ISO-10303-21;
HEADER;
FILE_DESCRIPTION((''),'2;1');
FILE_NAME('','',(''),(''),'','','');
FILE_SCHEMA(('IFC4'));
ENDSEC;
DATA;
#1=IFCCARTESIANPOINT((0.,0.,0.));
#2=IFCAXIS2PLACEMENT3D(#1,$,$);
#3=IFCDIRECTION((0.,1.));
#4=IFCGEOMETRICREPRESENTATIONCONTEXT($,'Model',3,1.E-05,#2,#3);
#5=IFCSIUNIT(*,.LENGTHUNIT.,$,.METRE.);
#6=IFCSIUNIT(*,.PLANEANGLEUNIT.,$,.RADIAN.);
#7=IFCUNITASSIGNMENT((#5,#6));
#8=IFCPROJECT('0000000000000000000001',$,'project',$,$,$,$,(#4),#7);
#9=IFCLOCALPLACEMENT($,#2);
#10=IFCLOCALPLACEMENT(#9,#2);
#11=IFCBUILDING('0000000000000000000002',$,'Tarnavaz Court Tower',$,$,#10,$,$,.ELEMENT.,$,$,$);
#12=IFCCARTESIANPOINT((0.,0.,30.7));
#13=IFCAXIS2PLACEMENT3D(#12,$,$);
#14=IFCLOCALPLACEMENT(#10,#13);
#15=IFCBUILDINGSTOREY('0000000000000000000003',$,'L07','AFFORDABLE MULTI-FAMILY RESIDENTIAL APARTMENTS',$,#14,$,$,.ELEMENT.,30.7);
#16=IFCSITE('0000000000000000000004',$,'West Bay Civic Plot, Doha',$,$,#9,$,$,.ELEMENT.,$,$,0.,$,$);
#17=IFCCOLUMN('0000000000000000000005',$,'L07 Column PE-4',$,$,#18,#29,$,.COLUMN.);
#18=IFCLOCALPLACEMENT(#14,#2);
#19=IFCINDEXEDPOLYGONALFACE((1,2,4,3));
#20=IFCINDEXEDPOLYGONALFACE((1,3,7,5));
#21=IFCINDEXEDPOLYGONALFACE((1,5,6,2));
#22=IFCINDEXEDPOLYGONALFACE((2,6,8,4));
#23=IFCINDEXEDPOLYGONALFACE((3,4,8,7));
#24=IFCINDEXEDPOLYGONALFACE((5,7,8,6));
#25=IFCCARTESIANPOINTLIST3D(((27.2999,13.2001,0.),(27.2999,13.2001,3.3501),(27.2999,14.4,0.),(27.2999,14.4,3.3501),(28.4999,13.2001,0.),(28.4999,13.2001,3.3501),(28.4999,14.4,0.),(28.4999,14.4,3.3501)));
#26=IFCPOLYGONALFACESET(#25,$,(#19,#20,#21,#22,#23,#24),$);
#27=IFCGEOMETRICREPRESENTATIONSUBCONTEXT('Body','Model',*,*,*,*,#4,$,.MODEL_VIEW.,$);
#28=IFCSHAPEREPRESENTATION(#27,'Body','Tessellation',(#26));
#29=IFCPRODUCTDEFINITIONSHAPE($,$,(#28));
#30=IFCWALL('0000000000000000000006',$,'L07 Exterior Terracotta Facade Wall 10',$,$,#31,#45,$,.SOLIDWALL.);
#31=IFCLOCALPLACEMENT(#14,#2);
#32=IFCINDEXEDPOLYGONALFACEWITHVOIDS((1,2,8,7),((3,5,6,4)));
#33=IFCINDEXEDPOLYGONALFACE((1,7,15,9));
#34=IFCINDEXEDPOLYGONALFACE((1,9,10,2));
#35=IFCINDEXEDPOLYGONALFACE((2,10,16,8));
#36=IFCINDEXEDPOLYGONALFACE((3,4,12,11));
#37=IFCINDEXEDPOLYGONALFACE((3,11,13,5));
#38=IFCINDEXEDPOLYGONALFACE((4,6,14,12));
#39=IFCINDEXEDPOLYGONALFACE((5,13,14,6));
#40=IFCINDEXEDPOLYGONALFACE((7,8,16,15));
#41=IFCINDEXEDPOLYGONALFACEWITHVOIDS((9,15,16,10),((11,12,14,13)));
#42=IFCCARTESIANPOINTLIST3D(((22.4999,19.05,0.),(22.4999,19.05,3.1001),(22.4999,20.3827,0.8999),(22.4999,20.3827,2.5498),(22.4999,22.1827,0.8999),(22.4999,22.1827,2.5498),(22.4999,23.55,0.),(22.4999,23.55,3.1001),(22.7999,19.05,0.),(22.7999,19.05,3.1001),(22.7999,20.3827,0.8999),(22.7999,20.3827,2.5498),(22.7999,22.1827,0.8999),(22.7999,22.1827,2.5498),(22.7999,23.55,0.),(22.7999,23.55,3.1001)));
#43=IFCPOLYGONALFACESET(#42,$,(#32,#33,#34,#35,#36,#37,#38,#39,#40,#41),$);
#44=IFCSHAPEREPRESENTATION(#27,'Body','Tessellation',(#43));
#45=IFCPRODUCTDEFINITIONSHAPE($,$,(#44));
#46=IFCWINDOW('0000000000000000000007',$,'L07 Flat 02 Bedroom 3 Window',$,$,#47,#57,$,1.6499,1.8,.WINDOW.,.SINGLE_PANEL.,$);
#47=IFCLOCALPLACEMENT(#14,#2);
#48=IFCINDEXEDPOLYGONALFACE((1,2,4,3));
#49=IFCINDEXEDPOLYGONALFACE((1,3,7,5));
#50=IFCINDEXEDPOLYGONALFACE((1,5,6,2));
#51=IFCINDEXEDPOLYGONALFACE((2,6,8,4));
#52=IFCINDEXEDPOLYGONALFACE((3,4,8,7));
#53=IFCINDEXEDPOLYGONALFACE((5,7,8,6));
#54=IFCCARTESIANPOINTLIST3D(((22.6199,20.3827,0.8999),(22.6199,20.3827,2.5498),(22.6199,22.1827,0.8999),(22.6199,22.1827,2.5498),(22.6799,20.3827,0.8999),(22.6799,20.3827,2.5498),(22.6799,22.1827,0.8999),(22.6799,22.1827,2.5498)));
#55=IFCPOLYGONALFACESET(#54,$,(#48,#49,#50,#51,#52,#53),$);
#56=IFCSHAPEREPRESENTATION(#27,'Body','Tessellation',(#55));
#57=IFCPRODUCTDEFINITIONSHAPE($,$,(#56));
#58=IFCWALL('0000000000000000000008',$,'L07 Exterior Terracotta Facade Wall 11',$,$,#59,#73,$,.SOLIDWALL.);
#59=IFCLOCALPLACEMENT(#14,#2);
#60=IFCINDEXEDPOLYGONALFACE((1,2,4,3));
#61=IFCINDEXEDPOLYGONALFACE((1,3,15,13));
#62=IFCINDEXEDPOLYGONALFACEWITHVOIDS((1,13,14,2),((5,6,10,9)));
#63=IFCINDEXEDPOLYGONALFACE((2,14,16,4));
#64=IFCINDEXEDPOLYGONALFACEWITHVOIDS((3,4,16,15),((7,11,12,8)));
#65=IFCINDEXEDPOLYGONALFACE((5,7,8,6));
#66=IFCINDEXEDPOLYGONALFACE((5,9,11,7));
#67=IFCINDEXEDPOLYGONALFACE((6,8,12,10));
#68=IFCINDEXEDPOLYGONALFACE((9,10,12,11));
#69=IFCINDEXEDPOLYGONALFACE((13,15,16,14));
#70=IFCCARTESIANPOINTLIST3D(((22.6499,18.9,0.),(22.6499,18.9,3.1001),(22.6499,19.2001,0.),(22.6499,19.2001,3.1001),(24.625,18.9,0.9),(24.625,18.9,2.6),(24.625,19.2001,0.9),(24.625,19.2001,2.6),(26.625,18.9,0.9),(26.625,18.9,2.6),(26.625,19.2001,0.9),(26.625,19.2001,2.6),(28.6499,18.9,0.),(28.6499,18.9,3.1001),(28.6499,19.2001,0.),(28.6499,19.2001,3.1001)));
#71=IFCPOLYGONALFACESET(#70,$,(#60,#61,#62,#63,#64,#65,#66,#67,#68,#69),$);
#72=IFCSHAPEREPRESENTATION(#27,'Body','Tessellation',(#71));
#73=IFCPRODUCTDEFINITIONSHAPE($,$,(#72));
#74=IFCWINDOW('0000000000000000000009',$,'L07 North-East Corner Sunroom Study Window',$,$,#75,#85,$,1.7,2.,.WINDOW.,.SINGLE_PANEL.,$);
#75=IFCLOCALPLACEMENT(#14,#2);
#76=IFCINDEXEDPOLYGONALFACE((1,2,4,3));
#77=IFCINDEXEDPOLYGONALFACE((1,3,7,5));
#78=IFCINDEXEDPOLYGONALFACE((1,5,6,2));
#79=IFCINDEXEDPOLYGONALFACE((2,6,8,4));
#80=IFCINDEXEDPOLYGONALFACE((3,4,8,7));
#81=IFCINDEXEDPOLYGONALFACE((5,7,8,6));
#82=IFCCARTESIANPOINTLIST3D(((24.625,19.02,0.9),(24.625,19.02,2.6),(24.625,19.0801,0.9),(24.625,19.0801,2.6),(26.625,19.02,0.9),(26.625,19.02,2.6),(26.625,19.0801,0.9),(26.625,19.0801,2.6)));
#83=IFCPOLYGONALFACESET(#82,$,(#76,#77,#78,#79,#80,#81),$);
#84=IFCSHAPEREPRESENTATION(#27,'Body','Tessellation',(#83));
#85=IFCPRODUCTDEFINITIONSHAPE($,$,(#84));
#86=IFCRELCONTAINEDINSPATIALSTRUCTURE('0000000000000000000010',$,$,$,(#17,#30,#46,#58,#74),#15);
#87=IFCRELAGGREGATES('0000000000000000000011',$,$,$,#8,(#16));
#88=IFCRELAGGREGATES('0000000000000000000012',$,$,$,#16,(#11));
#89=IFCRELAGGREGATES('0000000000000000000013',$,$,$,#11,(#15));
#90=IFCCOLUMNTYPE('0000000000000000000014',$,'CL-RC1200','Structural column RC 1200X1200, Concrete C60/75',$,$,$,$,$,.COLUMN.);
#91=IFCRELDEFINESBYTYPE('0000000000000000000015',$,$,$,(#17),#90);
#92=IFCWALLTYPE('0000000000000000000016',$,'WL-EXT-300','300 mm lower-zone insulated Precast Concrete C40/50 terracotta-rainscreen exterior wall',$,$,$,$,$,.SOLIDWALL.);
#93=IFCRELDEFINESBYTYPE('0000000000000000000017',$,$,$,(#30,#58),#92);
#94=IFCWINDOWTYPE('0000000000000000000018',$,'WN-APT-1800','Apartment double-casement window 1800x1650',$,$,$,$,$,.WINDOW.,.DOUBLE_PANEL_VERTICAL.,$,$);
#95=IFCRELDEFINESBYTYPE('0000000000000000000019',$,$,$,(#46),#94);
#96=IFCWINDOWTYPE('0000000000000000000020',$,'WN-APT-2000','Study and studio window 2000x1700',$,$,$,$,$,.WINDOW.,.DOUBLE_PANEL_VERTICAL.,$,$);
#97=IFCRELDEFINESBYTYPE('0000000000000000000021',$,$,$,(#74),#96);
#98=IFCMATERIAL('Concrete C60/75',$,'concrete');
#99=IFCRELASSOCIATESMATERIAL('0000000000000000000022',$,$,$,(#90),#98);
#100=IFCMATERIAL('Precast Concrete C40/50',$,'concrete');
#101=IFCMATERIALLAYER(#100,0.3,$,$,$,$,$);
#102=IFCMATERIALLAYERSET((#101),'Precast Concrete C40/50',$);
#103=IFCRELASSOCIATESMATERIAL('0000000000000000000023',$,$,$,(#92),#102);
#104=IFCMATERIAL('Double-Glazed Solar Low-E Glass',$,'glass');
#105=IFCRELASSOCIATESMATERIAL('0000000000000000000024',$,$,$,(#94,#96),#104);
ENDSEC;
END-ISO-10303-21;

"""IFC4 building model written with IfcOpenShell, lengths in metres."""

from ifc_helpers import new_model, si_unit, direction, frame, frame_2d, origin, origin_2d, place, context, subcontext, project, spatial, rectangle, extrude, material, layer, layer_set, material_profile, profile_set, type_object, element, fill, save


model = new_model("IFC4")

# Units and contexts
model_context = context("Model", 3, precision=1e-05, world=origin(), true_north=direction((0.0, 1.0)))
body_context = subcontext(model_context, "Body", "Model", "MODEL_VIEW")
ifc_project = project(units=[si_unit("LENGTHUNIT", "METRE"), si_unit("PLANEANGLEUNIT", "RADIAN")], contexts=[model_context])

# Site, building, storey
site_placement = place(None, origin())
site = spatial("IfcSite", under=ifc_project, at=site_placement, Name="West Bay Civic Plot, Doha", CompositionType="ELEMENT", RefElevation=0.0)
building_placement = place(site_placement, origin())
building = spatial("IfcBuilding", under=site, at=building_placement, Name="Tarnavaz Court Tower", CompositionType="ELEMENT")
storey_placement = place(building_placement, frame((0.0, 0.0, 30.7)))
storey = spatial("IfcBuildingStorey", under=building, at=storey_placement, Name="L07", Description="AFFORDABLE MULTI-FAMILY RESIDENTIAL APARTMENTS", CompositionType="ELEMENT", Elevation=30.7)

# Column
ifc_material_1 = material(Name="Concrete C60/75", Category="concrete")
ifc_material_profile_1 = material_profile(ifc_material_1, rectangle(XDim=1.2, YDim=1.2, at=origin_2d()), Name="RC 1200X1200")
ifc_profile_set_1 = profile_set([ifc_material_profile_1], Name="Concrete C60/75")
column_type = type_object("IfcColumnType", Name="CL-RC1200", Description="Structural column RC 1200X1200, Concrete C60/75", PredefinedType="COLUMN", material=ifc_profile_set_1)
column_placement = place(storey_placement, frame((27.8999, 13.8, 0.0), z_axis=(0.0, 0.0, 1.0), x_axis=(1.0, 0.0, 0.0)))
element("IfcColumn", 1, at=column_placement, inside=storey, type_object=column_type, Name="L07 Column PE-4", PredefinedType="COLUMN", context=body_context, shape_type="SweptSolid", body=[
    extrude(rectangle(XDim=1.2, YDim=1.2, at=origin_2d()), origin(), (0.0, 0.0, 1.0), 3.3501),
])

# Walls, openings, windows
ifc_material_2 = material(Name="Precast Concrete C40/50", Category="concrete")
ifc_layer_1 = layer(ifc_material_2, 0.3)
ifc_layer_set_1 = layer_set([ifc_layer_1], Name="Precast Concrete C40/50")
wall_type_1 = type_object("IfcWallType", Name="WL-EXT-300", Description="300 mm lower-zone insulated Precast Concrete C40/50 terracotta-rainscreen exterior wall", PredefinedType="SOLIDWALL", material=ifc_layer_set_1)
wall_1_placement = place(storey_placement, frame((22.6499, 23.55, 0.0), z_axis=(0.0, 0.0, 1.0), x_axis=(0.0, -1.0, 0.0)))
wall_1 = element("IfcWall", 2, at=wall_1_placement, inside=storey, type_object=wall_type_1, Name="L07 Exterior Terracotta Facade Wall 10", PredefinedType="SOLIDWALL", context=body_context, shape_type="SweptSolid", body=[
    extrude(rectangle(XDim=4.5, YDim=0.3, at=frame_2d((2.25, 0.0))), origin(), (0.0, 0.0, 1.0), 3.1001),
])
opening_1_placement = place(wall_1_placement, frame((1.3674, 0.0, 0.8999)))
opening_1 = element("IfcOpeningElement", 3, at=opening_1_placement, cuts=wall_1, PredefinedType="OPENING", context=body_context, shape_type="SweptSolid", body=[
    extrude(rectangle(XDim=1.8, YDim=1.6499, at=frame_2d((0.8999, 0.825))), frame((0.0, 0.1599, 0.0), z_axis=(0.0, -1.0, 0.0), x_axis=(1.0, 0.0, 0.0)), (0.0, 0.0, 1.0), 0.3201),
])
ifc_material_3 = material(Name="Double-Glazed Solar Low-E Glass", Category="glass")
window_type_1 = type_object("IfcWindowType", Name="WN-APT-1800", Description="Apartment double-casement window 1800x1650", PartitioningType="DOUBLE_PANEL_VERTICAL", PredefinedType="WINDOW", material=ifc_material_3)
window_1_placement = place(opening_1_placement, origin())
window_1 = element("IfcWindow", 4, at=window_1_placement, inside=storey, type_object=window_type_1, Name="L07 Flat 02 Bedroom 3 Window", OverallHeight=1.6499, OverallWidth=1.8, PartitioningType="SINGLE_PANEL", PredefinedType="WINDOW", context=body_context, shape_type="SweptSolid", body=[
    extrude(rectangle(XDim=1.8, YDim=1.6499, at=frame_2d((0.8999, 0.825))), frame((0.0, 0.03, 0.0), z_axis=(0.0, -1.0, 0.0), x_axis=(1.0, 0.0, 0.0)), (0.0, 0.0, 1.0), 0.0601),
])
fill(opening_1, window_1)
wall_2_placement = place(storey_placement, frame((22.6499, 19.05, 0.0), z_axis=(0.0, 0.0, 1.0), x_axis=(1.0, 0.0, 0.0)))
wall_2 = element("IfcWall", 5, at=wall_2_placement, inside=storey, type_object=wall_type_1, Name="L07 Exterior Terracotta Facade Wall 11", PredefinedType="SOLIDWALL", context=body_context, shape_type="SweptSolid", body=[
    extrude(rectangle(XDim=6.0, YDim=0.3, at=frame_2d((3.0, 0.0))), origin(), (0.0, 0.0, 1.0), 3.1001),
])
opening_2_placement = place(wall_2_placement, frame((1.9751, 0.0, 0.8999)))
opening_2 = element("IfcOpeningElement", 6, at=opening_2_placement, cuts=wall_2, PredefinedType="OPENING", context=body_context, shape_type="SweptSolid", body=[
    extrude(rectangle(XDim=2.0, YDim=1.7, at=frame_2d((1.0, 0.8501))), frame((0.0, 0.1599, 0.0), z_axis=(0.0, -1.0, 0.0), x_axis=(1.0, 0.0, 0.0)), (0.0, 0.0, 1.0), 0.3201),
])
window_type_2 = type_object("IfcWindowType", Name="WN-APT-2000", Description="Study and studio window 2000x1700", PartitioningType="DOUBLE_PANEL_VERTICAL", PredefinedType="WINDOW", material=ifc_material_3)
window_2_placement = place(opening_2_placement, origin())
window_2 = element("IfcWindow", 7, at=window_2_placement, inside=storey, type_object=window_type_2, Name="L07 North-East Corner Sunroom Study Window", OverallHeight=1.7, OverallWidth=2.0, PartitioningType="SINGLE_PANEL", PredefinedType="WINDOW", context=body_context, shape_type="SweptSolid", body=[
    extrude(rectangle(XDim=2.0, YDim=1.7, at=frame_2d((1.0, 0.8501))), frame((0.0, 0.03, 0.0), z_axis=(0.0, -1.0, 0.0), x_axis=(1.0, 0.0, 0.0)), (0.0, 0.0, 1.0), 0.0601),
])
fill(opening_2, window_2)

save(model, "model.ifc")
